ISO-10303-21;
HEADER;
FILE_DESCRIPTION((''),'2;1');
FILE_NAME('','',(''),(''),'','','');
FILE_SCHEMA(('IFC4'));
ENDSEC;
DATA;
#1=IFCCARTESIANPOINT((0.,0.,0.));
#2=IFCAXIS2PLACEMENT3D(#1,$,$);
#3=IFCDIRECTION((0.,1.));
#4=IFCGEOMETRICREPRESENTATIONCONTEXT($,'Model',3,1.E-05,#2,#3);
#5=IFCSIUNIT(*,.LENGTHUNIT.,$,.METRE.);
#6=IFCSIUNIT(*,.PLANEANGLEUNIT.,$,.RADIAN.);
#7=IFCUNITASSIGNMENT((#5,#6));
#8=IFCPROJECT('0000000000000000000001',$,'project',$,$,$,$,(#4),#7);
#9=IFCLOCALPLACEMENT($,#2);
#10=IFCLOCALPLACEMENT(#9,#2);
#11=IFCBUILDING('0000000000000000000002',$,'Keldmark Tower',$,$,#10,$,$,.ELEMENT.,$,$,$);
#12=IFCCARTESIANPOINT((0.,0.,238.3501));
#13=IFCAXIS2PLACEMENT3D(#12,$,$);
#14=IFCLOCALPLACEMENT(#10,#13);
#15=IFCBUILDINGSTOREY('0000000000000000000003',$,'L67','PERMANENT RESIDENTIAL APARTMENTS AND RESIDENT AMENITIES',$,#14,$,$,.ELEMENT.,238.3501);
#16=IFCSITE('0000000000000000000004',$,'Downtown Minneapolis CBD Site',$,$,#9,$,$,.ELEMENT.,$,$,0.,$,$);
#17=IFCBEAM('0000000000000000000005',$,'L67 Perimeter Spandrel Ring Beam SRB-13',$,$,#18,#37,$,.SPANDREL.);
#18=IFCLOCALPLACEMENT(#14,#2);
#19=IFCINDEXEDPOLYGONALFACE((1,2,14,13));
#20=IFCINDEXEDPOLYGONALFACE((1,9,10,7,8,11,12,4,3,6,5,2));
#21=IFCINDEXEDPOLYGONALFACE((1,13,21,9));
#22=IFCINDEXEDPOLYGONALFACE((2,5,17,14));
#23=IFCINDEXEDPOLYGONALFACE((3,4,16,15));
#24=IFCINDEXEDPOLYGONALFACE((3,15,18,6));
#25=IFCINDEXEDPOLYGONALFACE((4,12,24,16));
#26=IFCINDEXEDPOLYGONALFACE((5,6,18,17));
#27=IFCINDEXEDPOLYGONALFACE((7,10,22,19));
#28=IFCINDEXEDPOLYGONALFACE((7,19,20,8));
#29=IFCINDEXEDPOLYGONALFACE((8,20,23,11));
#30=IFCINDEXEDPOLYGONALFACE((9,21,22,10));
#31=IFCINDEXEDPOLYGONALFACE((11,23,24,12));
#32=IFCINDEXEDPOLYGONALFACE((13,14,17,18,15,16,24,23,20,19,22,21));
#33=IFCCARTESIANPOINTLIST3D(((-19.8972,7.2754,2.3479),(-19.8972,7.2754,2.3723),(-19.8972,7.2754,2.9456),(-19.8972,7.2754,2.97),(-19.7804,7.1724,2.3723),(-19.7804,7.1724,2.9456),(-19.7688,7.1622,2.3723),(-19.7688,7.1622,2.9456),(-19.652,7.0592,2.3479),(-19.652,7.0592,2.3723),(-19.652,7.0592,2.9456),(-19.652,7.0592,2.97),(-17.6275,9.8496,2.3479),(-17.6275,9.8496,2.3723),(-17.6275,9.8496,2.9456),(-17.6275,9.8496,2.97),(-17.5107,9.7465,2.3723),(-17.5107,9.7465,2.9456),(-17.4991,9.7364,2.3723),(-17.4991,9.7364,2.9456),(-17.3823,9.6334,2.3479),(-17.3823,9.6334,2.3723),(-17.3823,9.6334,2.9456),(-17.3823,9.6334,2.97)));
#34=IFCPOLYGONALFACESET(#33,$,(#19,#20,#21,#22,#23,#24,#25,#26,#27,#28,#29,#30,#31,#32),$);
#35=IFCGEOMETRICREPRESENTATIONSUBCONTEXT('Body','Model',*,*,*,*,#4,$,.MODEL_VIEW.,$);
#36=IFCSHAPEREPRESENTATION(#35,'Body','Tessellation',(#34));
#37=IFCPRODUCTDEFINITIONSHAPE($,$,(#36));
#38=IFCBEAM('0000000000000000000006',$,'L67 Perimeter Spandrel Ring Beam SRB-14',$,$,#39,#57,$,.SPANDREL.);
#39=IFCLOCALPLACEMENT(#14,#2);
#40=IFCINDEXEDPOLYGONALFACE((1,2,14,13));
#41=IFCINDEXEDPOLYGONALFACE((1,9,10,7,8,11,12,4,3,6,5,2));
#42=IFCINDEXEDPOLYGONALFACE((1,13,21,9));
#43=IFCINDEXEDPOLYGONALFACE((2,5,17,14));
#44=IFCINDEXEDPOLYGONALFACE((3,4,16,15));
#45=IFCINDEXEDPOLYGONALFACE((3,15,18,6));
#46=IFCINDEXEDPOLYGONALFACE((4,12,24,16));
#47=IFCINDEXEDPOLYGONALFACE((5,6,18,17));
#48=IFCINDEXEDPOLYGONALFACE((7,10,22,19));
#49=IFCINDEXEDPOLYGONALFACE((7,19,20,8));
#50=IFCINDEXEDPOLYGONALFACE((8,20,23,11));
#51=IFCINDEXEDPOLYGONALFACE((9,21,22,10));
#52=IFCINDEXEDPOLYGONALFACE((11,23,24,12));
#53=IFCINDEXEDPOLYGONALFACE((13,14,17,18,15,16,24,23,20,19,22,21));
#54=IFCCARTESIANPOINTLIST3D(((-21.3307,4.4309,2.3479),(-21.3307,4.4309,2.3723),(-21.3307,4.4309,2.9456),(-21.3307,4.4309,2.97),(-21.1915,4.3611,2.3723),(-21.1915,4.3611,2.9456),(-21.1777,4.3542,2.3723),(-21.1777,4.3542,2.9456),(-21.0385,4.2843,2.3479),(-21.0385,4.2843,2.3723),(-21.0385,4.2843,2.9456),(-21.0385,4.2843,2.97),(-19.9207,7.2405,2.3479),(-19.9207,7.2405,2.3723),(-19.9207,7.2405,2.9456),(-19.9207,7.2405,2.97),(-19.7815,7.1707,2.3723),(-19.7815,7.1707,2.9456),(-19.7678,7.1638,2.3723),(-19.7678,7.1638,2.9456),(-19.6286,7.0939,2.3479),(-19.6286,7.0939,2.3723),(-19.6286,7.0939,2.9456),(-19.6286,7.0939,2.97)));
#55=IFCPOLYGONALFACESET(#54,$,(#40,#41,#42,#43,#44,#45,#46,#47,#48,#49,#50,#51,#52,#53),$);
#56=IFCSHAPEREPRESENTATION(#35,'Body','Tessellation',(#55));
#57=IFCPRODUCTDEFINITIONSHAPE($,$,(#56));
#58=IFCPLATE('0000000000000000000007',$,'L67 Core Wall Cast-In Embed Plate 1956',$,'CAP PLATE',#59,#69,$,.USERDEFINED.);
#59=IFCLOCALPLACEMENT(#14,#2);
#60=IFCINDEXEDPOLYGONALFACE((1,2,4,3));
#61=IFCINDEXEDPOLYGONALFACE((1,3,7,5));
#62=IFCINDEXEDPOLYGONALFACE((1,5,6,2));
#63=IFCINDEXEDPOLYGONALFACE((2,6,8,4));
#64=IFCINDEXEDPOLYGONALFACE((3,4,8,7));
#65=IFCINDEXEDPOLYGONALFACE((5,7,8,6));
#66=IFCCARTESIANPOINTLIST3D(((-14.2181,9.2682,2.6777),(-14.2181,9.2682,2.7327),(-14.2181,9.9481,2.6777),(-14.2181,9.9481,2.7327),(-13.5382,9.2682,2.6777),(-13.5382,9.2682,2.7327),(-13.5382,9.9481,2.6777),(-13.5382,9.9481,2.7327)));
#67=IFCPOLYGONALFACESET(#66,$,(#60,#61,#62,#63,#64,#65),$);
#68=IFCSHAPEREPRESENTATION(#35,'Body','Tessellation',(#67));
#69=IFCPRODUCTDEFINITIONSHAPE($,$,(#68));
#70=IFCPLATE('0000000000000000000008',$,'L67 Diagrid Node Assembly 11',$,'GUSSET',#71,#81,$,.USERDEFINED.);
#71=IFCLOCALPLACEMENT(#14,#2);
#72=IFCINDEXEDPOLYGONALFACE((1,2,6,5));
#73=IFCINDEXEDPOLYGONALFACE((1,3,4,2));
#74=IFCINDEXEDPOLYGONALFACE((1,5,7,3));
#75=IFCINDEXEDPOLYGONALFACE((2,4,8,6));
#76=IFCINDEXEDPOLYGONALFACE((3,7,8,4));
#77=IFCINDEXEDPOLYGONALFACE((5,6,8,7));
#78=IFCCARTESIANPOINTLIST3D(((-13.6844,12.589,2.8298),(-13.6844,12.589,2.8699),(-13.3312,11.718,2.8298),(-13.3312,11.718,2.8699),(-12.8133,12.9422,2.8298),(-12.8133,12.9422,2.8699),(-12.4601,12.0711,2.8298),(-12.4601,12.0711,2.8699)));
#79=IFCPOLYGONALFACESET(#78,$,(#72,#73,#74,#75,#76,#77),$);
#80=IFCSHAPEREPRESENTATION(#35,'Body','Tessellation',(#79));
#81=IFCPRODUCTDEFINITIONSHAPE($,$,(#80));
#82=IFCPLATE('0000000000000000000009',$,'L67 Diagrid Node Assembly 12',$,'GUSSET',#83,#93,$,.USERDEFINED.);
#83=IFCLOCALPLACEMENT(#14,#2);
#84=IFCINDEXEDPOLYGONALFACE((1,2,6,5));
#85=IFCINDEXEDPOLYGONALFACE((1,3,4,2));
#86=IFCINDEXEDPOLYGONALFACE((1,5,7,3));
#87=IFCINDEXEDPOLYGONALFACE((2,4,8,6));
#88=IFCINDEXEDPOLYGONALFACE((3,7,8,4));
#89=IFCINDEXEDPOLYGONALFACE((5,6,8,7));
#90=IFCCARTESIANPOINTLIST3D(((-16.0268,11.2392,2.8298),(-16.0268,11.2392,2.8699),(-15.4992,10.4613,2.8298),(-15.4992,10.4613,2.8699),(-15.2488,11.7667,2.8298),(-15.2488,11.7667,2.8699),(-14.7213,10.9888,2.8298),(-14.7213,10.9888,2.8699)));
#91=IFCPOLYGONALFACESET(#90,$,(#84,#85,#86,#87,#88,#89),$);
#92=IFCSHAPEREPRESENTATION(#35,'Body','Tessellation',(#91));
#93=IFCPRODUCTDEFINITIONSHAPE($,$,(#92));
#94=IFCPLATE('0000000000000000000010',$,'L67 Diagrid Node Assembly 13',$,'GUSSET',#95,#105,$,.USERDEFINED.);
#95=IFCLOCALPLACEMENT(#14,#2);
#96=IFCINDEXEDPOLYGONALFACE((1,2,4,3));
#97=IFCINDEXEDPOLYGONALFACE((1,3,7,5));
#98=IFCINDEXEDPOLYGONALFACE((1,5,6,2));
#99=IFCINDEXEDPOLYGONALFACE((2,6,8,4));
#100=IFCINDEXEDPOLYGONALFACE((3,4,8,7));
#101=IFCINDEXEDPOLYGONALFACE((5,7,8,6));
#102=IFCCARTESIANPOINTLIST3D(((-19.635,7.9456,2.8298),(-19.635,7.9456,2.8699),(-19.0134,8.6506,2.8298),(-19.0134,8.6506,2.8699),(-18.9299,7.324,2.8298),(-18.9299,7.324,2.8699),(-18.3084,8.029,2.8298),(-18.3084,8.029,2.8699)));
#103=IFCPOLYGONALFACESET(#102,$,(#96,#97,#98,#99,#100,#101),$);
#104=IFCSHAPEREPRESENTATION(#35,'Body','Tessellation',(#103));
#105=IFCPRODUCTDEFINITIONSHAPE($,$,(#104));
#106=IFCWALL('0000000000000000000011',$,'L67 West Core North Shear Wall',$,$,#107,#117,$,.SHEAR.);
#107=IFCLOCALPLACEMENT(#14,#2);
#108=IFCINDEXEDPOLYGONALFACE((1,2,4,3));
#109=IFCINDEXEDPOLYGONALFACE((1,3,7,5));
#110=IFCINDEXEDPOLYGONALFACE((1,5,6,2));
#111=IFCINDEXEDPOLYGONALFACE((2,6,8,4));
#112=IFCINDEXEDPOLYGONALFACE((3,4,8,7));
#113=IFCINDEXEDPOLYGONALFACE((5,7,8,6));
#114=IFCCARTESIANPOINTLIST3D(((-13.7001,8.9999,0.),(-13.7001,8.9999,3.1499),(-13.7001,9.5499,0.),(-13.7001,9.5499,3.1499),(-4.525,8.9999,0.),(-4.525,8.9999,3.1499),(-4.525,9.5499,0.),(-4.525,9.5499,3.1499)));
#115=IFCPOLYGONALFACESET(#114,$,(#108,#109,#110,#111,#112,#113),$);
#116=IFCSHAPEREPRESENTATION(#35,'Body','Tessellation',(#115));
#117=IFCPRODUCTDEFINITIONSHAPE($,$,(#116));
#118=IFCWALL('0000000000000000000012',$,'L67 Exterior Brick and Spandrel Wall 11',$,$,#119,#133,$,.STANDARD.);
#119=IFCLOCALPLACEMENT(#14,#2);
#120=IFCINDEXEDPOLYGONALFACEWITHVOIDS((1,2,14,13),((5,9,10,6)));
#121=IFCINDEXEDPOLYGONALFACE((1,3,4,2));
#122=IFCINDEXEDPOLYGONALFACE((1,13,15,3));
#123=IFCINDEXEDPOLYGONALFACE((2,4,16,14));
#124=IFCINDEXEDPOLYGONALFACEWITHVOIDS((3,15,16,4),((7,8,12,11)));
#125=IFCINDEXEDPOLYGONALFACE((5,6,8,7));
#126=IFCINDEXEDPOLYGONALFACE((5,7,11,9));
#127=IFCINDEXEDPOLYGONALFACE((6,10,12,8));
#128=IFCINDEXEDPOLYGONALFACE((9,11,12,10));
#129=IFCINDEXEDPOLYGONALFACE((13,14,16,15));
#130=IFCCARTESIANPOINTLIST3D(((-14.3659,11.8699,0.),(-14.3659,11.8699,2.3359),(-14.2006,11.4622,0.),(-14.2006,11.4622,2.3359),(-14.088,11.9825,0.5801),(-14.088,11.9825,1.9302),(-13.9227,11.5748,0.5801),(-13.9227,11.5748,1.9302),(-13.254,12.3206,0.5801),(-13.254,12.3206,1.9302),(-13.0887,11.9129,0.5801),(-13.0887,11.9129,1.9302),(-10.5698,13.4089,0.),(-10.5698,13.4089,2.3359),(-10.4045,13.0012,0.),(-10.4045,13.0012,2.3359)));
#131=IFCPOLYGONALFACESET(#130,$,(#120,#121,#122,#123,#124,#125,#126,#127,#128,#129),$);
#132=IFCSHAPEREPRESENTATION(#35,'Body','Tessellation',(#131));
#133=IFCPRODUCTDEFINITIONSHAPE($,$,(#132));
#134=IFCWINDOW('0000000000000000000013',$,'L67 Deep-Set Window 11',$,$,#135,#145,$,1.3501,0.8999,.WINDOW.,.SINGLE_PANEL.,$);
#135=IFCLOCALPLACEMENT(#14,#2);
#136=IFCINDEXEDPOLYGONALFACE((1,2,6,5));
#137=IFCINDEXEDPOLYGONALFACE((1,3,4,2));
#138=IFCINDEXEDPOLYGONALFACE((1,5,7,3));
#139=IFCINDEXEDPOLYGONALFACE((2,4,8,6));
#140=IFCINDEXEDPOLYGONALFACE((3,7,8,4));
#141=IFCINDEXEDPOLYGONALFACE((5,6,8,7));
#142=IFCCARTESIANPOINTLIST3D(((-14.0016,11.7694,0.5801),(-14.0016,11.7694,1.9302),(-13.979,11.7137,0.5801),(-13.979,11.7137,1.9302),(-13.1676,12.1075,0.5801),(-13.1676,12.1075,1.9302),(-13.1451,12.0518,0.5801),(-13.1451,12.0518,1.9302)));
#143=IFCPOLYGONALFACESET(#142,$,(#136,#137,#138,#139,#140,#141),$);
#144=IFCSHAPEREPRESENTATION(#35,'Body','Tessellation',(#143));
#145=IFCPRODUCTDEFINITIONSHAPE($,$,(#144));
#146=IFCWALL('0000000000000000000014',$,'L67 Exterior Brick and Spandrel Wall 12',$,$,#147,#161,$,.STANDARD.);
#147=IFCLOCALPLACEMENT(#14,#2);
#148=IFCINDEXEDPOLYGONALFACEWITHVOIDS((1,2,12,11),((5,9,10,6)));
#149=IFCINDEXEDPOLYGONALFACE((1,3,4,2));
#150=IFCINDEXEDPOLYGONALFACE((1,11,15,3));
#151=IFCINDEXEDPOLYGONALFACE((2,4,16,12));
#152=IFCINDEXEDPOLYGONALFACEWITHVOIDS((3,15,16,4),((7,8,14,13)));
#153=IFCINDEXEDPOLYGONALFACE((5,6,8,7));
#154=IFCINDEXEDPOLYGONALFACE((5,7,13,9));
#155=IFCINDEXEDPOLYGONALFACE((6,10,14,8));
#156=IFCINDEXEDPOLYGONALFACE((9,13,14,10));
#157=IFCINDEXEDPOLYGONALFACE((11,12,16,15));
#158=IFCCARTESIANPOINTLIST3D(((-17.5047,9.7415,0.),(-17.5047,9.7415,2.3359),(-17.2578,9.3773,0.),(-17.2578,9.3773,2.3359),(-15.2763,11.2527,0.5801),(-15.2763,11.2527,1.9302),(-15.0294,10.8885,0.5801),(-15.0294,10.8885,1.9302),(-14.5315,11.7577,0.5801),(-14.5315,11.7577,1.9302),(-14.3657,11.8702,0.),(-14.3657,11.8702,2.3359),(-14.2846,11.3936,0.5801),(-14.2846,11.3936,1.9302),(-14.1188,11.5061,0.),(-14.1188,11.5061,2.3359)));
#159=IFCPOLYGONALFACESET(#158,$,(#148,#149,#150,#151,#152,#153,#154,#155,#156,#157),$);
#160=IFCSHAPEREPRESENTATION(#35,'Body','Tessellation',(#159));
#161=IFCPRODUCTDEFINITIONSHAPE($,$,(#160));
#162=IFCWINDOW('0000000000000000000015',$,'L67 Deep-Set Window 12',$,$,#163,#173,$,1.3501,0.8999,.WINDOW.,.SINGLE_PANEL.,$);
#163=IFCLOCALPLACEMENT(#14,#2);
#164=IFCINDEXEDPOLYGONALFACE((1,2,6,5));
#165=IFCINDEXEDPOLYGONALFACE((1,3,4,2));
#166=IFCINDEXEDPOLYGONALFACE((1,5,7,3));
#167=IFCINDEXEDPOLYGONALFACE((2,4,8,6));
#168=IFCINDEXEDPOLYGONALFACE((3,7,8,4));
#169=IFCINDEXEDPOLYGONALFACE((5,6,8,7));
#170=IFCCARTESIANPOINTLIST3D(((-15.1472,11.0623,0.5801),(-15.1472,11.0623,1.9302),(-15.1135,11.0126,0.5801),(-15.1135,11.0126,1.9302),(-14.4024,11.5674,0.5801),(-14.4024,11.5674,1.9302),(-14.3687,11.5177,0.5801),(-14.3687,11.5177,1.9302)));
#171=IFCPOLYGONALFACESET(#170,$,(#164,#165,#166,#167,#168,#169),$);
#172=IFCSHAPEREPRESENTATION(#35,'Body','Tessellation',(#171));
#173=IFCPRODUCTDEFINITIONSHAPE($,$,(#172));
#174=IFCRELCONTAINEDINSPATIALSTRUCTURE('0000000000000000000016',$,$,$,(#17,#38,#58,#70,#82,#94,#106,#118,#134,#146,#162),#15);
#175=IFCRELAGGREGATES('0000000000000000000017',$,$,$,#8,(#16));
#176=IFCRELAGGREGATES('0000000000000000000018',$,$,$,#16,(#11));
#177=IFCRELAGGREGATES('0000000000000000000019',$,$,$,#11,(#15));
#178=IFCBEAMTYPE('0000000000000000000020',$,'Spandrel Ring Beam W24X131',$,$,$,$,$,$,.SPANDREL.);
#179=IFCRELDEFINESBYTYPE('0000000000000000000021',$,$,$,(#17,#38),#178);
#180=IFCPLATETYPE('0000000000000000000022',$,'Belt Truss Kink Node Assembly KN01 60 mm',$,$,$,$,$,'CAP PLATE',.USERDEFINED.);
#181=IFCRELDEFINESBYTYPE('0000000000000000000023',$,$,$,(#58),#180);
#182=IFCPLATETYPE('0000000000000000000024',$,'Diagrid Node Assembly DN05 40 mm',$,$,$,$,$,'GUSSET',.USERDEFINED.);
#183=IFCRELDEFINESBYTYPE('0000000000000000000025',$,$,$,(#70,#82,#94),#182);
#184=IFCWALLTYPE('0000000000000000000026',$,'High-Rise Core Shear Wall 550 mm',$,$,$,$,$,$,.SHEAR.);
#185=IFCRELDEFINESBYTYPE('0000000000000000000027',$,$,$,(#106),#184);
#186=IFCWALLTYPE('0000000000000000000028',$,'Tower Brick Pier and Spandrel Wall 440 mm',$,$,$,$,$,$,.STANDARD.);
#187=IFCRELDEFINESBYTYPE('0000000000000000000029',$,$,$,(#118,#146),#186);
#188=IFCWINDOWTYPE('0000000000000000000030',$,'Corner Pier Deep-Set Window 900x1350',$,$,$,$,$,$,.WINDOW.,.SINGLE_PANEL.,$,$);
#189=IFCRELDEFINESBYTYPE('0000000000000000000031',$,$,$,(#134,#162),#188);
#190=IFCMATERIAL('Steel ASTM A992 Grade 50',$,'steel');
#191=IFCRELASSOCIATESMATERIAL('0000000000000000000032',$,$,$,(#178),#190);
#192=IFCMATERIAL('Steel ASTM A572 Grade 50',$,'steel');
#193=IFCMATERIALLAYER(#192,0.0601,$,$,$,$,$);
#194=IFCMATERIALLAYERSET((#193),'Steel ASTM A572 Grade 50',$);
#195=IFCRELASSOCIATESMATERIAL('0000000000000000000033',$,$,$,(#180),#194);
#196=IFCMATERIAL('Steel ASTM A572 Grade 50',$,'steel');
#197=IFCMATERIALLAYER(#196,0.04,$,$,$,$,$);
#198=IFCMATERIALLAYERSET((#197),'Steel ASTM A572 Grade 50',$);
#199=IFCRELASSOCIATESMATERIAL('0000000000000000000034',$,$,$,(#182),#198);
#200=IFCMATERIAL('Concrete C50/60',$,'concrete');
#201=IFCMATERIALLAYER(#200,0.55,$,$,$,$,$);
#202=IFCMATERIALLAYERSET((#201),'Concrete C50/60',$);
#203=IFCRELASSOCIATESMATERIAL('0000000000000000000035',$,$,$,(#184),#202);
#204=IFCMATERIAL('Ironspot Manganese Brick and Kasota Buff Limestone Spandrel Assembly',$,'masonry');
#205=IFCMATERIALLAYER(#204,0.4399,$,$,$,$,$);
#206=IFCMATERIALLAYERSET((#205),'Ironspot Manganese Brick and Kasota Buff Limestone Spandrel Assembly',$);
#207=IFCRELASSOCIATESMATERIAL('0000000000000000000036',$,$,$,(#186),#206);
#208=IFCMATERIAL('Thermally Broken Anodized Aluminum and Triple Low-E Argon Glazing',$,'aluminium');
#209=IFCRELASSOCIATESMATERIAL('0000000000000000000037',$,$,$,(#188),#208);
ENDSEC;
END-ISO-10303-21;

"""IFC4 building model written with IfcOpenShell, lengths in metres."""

from ifc_helpers import new_model, si_unit, direction, frame, frame_2d, origin, origin_2d, place, context, subcontext, project, spatial, rectangle, i_section, extrude, material, layer, layer_set, material_profile, profile_set, type_object, element, fill, save


model = new_model("IFC4")

# Units and contexts
model_context = context("Model", 3, precision=1e-05, world=origin(), true_north=direction((0.0, 1.0)))
body_context = subcontext(model_context, "Body", "Model", "MODEL_VIEW")
ifc_project = project(units=[si_unit("LENGTHUNIT", "METRE"), si_unit("PLANEANGLEUNIT", "RADIAN")], contexts=[model_context])

# Site, building, storey
site_placement = place(None, origin())
site = spatial("IfcSite", under=ifc_project, at=site_placement, Name="Downtown Minneapolis CBD Site", CompositionType="ELEMENT", RefElevation=0.0)
building_placement = place(site_placement, origin())
building = spatial("IfcBuilding", under=site, at=building_placement, Name="Keldmark Tower", CompositionType="ELEMENT")
storey_placement = place(building_placement, frame((0.0, 0.0, 238.3501)))
storey = spatial("IfcBuildingStorey", under=building, at=storey_placement, Name="L67", Description="PERMANENT RESIDENTIAL APARTMENTS AND RESIDENT AMENITIES", CompositionType="ELEMENT", Elevation=238.3501)

# Beams
ifc_material_1 = material(Name="Steel ASTM A992 Grade 50", Category="steel")
ifc_material_profile_1 = material_profile(ifc_material_1, i_section(OverallWidth=0.3269, OverallDepth=0.6221, WebThickness=0.0154, FlangeThickness=0.0244, at=origin_2d()), Name="W24X131")
ifc_profile_set_1 = profile_set([ifc_material_profile_1], Name="Steel ASTM A992 Grade 50")
beam_type_1 = type_object("IfcBeamType", Name="Spandrel Ring Beam W24X131", PredefinedType="SPANDREL", material=ifc_profile_set_1)
beam_1_placement = place(storey_placement, frame((-17.5049, 9.7415, 2.6589), z_axis=(-0.66136, -0.750068, 0.0), x_axis=(0.750068, -0.66136, 0.0)))
element("IfcBeam", 1, at=beam_1_placement, inside=storey, type_object=beam_type_1, Name="L67 Perimeter Spandrel Ring Beam SRB-13", PredefinedType="SPANDREL", context=body_context, shape_type="SweptSolid", body=[
    extrude(i_section(OverallWidth=0.3269, OverallDepth=0.6221, WebThickness=0.0154, FlangeThickness=0.0244, at=origin_2d()), origin(), (0.0, 0.0, 1.0), 3.4319),
])
beam_2_placement = place(storey_placement, frame((-19.7747, 7.1672, 2.6589), z_axis=(-0.448518, -0.893774, 0.0), x_axis=(0.893774, -0.448518, 0.0)))
element("IfcBeam", 2, at=beam_2_placement, inside=storey, type_object=beam_type_1, Name="L67 Perimeter Spandrel Ring Beam SRB-14", PredefinedType="SPANDREL", context=body_context, shape_type="SweptSolid", body=[
    extrude(i_section(OverallWidth=0.3269, OverallDepth=0.6221, WebThickness=0.0154, FlangeThickness=0.0244, at=origin_2d()), origin(), (0.0, 0.0, 1.0), 3.1436),
])

# Plates
ifc_material_2 = material(Name="Steel ASTM A572 Grade 50", Category="steel")
ifc_layer_1 = layer(ifc_material_2, 0.0601)
ifc_layer_set_1 = layer_set([ifc_layer_1], Name="Steel ASTM A572 Grade 50")
plate_type_1 = type_object("IfcPlateType", Name="Belt Truss Kink Node Assembly KN01 60 mm", ElementType="CAP PLATE", PredefinedType="USERDEFINED", material=ifc_layer_set_1)
plate_placement = place(storey_placement, frame((-13.8782, 9.6082, 2.6777), z_axis=(0.0, 0.0, 1.0), x_axis=(1.0, 0.0, 0.0)))
element("IfcPlate", 3, at=plate_placement, inside=storey, type_object=plate_type_1, Name="L67 Core Wall Cast-In Embed Plate 1956", ObjectType="CAP PLATE", PredefinedType="USERDEFINED", context=body_context, shape_type="SweptSolid", body=[
    extrude(rectangle(XDim=0.6799, YDim=0.6799, at=origin_2d()), origin(), (0.0, 0.0, 1.0), 0.0549),
])
ifc_material_3 = material(Name="Steel ASTM A572 Grade 50", Category="steel")
ifc_layer_2 = layer(ifc_material_3, 0.04)
ifc_layer_set_2 = layer_set([ifc_layer_2], Name="Steel ASTM A572 Grade 50")
plate_type_2 = type_object("IfcPlateType", Name="Diagrid Node Assembly DN05 40 mm", ElementType="GUSSET", PredefinedType="USERDEFINED", material=ifc_layer_set_2)
for number, where, z_axis, x_axis, name in (
    (4, (-13.0723, 12.3301, 2.8298), (0.0, 0.0, 1.0), (-0.926725, -0.375739, 0.0), "L67 Diagrid Node Assembly 11"),
    (5, (-15.374, 11.114, 2.8298), (0.0, 0.0, 1.0), (-0.827669, -0.561217, 0.0), "L67 Diagrid Node Assembly 12"),
    (6, (-18.9717, 7.9873, 2.8298), (0.0, 0.0, 1.0), (-0.661312, -0.750111, 0.0), "L67 Diagrid Node Assembly 13"),
):
    element("IfcPlate", number, at=place(storey_placement, frame(where, z_axis=z_axis, x_axis=x_axis)), inside=storey, type_object=plate_type_2, Name=name, ObjectType="GUSSET", PredefinedType="USERDEFINED", context=body_context, shape_type="SweptSolid", body=[
        extrude(rectangle(XDim=0.9399, YDim=0.9399, at=origin_2d()), origin(), (0.0, 0.0, 1.0), 0.04),
    ])

# Wall
ifc_material_4 = material(Name="Concrete C50/60", Category="concrete")
ifc_layer_3 = layer(ifc_material_4, 0.55)
ifc_layer_set_3 = layer_set([ifc_layer_3], Name="Concrete C50/60")
wall_type_1 = type_object("IfcWallType", Name="High-Rise Core Shear Wall 550 mm", PredefinedType="SHEAR", material=ifc_layer_set_3)
wall_1_placement = place(storey_placement, frame((-13.7, 9.2749, 0.0), z_axis=(0.0, 0.0, 1.0), x_axis=(1.0, 0.0, 0.0)))
element("IfcWall", 7, at=wall_1_placement, inside=storey, type_object=wall_type_1, Name="L67 West Core North Shear Wall", PredefinedType="SHEAR", context=body_context, shape_type="SweptSolid", body=[
    extrude(rectangle(XDim=9.175, YDim=0.55, at=frame_2d((4.5874, 0.0))), origin(), (0.0, 0.0, 1.0), 3.1499),
])

# Walls, openings, windows
ifc_material_5 = material(Name="Ironspot Manganese Brick and Kasota Buff Limestone Spandrel Assembly", Category="masonry")
ifc_layer_4 = layer(ifc_material_5, 0.4399)
ifc_layer_set_4 = layer_set([ifc_layer_4], Name="Ironspot Manganese Brick and Kasota Buff Limestone Spandrel Assembly")
wall_type_2 = type_object("IfcWallType", Name="Tower Brick Pier and Spandrel Wall 440 mm", PredefinedType="STANDARD", material=ifc_layer_set_4)
wall_2_placement = place(storey_placement, frame((-14.2832, 11.666, 0.0), z_axis=(0.0, 0.0, 1.0), x_axis=(0.926732, 0.375723, 0.0)))
wall_2 = element("IfcWall", 8, at=wall_2_placement, inside=storey, type_object=wall_type_2, Name="L67 Exterior Brick and Spandrel Wall 11", PredefinedType="STANDARD", context=body_context, shape_type="SweptSolid", body=[
    extrude(rectangle(XDim=4.0962, YDim=0.4399, at=frame_2d((2.0481, 0.0))), origin(), (0.0, 0.0, 1.0), 2.3359),
])
opening_1_placement = place(wall_2_placement, frame((0.2998, 0.0, 0.5801)))
opening_1 = element("IfcOpeningElement", 9, at=opening_1_placement, cuts=wall_2, PredefinedType="OPENING", context=body_context, shape_type="SweptSolid", body=[
    extrude(rectangle(XDim=0.8999, YDim=1.3501, at=frame_2d((0.45, 0.675))), frame((0.0, 0.23, 0.0), z_axis=(0.0, -1.0, 0.0), x_axis=(1.0, 0.0, 0.0)), (0.0, 0.0, 1.0), 0.46),
])
ifc_material_6 = material(Name="Thermally Broken Anodized Aluminum and Triple Low-E Argon Glazing", Category="aluminium")
window_type = type_object("IfcWindowType", Name="Corner Pier Deep-Set Window 900x1350", PartitioningType="SINGLE_PANEL", PredefinedType="WINDOW", material=ifc_material_6)
window_1_placement = place(opening_1_placement, origin())
window_1 = element("IfcWindow", 10, at=window_1_placement, inside=storey, type_object=window_type, Name="L67 Deep-Set Window 11", OverallHeight=1.3501, OverallWidth=0.8999, PartitioningType="SINGLE_PANEL", PredefinedType="WINDOW", context=body_context, shape_type="SweptSolid", body=[
    extrude(rectangle(XDim=0.8999, YDim=1.3501, at=frame_2d((0.45, 0.675))), frame((0.0, -0.01, 0.0), z_axis=(0.0, -1.0, 0.0), x_axis=(1.0, 0.0, 0.0)), (0.0, 0.0, 1.0), 0.0601),
])
fill(opening_1, window_1)
wall_3_placement = place(storey_placement, frame((-17.3813, 9.5593, 0.0), z_axis=(0.0, 0.0, 1.0), x_axis=(0.827637, 0.561264, 0.0)))
wall_3 = element("IfcWall", 11, at=wall_3_placement, inside=storey, type_object=wall_type_2, Name="L67 Exterior Brick and Spandrel Wall 12", PredefinedType="STANDARD", context=body_context, shape_type="SweptSolid", body=[
    extrude(rectangle(XDim=3.7927, YDim=0.4399, at=frame_2d((1.8965, 0.0))), origin(), (0.0, 0.0, 1.0), 2.3359),
])
opening_2_placement = place(wall_3_placement, frame((2.6926, 0.0, 0.5801)))
opening_2 = element("IfcOpeningElement", 12, at=opening_2_placement, cuts=wall_3, PredefinedType="OPENING", context=body_context, shape_type="SweptSolid", body=[
    extrude(rectangle(XDim=0.8999, YDim=1.3501, at=frame_2d((0.45, 0.675))), frame((0.0, 0.23, 0.0), z_axis=(0.0, -1.0, 0.0), x_axis=(1.0, 0.0, 0.0)), (0.0, 0.0, 1.0), 0.46),
])
window_2_placement = place(opening_2_placement, origin())
window_2 = element("IfcWindow", 13, at=window_2_placement, inside=storey, type_object=window_type, Name="L67 Deep-Set Window 12", OverallHeight=1.3501, OverallWidth=0.8999, PartitioningType="SINGLE_PANEL", PredefinedType="WINDOW", context=body_context, shape_type="SweptSolid", body=[
    extrude(rectangle(XDim=0.8999, YDim=1.3501, at=frame_2d((0.45, 0.675))), frame((0.0, -0.01, 0.0), z_axis=(0.0, -1.0, 0.0), x_axis=(1.0, 0.0, 0.0)), (0.0, 0.0, 1.0), 0.0601),
])
fill(opening_2, window_2)

save(model, "model.ifc")
